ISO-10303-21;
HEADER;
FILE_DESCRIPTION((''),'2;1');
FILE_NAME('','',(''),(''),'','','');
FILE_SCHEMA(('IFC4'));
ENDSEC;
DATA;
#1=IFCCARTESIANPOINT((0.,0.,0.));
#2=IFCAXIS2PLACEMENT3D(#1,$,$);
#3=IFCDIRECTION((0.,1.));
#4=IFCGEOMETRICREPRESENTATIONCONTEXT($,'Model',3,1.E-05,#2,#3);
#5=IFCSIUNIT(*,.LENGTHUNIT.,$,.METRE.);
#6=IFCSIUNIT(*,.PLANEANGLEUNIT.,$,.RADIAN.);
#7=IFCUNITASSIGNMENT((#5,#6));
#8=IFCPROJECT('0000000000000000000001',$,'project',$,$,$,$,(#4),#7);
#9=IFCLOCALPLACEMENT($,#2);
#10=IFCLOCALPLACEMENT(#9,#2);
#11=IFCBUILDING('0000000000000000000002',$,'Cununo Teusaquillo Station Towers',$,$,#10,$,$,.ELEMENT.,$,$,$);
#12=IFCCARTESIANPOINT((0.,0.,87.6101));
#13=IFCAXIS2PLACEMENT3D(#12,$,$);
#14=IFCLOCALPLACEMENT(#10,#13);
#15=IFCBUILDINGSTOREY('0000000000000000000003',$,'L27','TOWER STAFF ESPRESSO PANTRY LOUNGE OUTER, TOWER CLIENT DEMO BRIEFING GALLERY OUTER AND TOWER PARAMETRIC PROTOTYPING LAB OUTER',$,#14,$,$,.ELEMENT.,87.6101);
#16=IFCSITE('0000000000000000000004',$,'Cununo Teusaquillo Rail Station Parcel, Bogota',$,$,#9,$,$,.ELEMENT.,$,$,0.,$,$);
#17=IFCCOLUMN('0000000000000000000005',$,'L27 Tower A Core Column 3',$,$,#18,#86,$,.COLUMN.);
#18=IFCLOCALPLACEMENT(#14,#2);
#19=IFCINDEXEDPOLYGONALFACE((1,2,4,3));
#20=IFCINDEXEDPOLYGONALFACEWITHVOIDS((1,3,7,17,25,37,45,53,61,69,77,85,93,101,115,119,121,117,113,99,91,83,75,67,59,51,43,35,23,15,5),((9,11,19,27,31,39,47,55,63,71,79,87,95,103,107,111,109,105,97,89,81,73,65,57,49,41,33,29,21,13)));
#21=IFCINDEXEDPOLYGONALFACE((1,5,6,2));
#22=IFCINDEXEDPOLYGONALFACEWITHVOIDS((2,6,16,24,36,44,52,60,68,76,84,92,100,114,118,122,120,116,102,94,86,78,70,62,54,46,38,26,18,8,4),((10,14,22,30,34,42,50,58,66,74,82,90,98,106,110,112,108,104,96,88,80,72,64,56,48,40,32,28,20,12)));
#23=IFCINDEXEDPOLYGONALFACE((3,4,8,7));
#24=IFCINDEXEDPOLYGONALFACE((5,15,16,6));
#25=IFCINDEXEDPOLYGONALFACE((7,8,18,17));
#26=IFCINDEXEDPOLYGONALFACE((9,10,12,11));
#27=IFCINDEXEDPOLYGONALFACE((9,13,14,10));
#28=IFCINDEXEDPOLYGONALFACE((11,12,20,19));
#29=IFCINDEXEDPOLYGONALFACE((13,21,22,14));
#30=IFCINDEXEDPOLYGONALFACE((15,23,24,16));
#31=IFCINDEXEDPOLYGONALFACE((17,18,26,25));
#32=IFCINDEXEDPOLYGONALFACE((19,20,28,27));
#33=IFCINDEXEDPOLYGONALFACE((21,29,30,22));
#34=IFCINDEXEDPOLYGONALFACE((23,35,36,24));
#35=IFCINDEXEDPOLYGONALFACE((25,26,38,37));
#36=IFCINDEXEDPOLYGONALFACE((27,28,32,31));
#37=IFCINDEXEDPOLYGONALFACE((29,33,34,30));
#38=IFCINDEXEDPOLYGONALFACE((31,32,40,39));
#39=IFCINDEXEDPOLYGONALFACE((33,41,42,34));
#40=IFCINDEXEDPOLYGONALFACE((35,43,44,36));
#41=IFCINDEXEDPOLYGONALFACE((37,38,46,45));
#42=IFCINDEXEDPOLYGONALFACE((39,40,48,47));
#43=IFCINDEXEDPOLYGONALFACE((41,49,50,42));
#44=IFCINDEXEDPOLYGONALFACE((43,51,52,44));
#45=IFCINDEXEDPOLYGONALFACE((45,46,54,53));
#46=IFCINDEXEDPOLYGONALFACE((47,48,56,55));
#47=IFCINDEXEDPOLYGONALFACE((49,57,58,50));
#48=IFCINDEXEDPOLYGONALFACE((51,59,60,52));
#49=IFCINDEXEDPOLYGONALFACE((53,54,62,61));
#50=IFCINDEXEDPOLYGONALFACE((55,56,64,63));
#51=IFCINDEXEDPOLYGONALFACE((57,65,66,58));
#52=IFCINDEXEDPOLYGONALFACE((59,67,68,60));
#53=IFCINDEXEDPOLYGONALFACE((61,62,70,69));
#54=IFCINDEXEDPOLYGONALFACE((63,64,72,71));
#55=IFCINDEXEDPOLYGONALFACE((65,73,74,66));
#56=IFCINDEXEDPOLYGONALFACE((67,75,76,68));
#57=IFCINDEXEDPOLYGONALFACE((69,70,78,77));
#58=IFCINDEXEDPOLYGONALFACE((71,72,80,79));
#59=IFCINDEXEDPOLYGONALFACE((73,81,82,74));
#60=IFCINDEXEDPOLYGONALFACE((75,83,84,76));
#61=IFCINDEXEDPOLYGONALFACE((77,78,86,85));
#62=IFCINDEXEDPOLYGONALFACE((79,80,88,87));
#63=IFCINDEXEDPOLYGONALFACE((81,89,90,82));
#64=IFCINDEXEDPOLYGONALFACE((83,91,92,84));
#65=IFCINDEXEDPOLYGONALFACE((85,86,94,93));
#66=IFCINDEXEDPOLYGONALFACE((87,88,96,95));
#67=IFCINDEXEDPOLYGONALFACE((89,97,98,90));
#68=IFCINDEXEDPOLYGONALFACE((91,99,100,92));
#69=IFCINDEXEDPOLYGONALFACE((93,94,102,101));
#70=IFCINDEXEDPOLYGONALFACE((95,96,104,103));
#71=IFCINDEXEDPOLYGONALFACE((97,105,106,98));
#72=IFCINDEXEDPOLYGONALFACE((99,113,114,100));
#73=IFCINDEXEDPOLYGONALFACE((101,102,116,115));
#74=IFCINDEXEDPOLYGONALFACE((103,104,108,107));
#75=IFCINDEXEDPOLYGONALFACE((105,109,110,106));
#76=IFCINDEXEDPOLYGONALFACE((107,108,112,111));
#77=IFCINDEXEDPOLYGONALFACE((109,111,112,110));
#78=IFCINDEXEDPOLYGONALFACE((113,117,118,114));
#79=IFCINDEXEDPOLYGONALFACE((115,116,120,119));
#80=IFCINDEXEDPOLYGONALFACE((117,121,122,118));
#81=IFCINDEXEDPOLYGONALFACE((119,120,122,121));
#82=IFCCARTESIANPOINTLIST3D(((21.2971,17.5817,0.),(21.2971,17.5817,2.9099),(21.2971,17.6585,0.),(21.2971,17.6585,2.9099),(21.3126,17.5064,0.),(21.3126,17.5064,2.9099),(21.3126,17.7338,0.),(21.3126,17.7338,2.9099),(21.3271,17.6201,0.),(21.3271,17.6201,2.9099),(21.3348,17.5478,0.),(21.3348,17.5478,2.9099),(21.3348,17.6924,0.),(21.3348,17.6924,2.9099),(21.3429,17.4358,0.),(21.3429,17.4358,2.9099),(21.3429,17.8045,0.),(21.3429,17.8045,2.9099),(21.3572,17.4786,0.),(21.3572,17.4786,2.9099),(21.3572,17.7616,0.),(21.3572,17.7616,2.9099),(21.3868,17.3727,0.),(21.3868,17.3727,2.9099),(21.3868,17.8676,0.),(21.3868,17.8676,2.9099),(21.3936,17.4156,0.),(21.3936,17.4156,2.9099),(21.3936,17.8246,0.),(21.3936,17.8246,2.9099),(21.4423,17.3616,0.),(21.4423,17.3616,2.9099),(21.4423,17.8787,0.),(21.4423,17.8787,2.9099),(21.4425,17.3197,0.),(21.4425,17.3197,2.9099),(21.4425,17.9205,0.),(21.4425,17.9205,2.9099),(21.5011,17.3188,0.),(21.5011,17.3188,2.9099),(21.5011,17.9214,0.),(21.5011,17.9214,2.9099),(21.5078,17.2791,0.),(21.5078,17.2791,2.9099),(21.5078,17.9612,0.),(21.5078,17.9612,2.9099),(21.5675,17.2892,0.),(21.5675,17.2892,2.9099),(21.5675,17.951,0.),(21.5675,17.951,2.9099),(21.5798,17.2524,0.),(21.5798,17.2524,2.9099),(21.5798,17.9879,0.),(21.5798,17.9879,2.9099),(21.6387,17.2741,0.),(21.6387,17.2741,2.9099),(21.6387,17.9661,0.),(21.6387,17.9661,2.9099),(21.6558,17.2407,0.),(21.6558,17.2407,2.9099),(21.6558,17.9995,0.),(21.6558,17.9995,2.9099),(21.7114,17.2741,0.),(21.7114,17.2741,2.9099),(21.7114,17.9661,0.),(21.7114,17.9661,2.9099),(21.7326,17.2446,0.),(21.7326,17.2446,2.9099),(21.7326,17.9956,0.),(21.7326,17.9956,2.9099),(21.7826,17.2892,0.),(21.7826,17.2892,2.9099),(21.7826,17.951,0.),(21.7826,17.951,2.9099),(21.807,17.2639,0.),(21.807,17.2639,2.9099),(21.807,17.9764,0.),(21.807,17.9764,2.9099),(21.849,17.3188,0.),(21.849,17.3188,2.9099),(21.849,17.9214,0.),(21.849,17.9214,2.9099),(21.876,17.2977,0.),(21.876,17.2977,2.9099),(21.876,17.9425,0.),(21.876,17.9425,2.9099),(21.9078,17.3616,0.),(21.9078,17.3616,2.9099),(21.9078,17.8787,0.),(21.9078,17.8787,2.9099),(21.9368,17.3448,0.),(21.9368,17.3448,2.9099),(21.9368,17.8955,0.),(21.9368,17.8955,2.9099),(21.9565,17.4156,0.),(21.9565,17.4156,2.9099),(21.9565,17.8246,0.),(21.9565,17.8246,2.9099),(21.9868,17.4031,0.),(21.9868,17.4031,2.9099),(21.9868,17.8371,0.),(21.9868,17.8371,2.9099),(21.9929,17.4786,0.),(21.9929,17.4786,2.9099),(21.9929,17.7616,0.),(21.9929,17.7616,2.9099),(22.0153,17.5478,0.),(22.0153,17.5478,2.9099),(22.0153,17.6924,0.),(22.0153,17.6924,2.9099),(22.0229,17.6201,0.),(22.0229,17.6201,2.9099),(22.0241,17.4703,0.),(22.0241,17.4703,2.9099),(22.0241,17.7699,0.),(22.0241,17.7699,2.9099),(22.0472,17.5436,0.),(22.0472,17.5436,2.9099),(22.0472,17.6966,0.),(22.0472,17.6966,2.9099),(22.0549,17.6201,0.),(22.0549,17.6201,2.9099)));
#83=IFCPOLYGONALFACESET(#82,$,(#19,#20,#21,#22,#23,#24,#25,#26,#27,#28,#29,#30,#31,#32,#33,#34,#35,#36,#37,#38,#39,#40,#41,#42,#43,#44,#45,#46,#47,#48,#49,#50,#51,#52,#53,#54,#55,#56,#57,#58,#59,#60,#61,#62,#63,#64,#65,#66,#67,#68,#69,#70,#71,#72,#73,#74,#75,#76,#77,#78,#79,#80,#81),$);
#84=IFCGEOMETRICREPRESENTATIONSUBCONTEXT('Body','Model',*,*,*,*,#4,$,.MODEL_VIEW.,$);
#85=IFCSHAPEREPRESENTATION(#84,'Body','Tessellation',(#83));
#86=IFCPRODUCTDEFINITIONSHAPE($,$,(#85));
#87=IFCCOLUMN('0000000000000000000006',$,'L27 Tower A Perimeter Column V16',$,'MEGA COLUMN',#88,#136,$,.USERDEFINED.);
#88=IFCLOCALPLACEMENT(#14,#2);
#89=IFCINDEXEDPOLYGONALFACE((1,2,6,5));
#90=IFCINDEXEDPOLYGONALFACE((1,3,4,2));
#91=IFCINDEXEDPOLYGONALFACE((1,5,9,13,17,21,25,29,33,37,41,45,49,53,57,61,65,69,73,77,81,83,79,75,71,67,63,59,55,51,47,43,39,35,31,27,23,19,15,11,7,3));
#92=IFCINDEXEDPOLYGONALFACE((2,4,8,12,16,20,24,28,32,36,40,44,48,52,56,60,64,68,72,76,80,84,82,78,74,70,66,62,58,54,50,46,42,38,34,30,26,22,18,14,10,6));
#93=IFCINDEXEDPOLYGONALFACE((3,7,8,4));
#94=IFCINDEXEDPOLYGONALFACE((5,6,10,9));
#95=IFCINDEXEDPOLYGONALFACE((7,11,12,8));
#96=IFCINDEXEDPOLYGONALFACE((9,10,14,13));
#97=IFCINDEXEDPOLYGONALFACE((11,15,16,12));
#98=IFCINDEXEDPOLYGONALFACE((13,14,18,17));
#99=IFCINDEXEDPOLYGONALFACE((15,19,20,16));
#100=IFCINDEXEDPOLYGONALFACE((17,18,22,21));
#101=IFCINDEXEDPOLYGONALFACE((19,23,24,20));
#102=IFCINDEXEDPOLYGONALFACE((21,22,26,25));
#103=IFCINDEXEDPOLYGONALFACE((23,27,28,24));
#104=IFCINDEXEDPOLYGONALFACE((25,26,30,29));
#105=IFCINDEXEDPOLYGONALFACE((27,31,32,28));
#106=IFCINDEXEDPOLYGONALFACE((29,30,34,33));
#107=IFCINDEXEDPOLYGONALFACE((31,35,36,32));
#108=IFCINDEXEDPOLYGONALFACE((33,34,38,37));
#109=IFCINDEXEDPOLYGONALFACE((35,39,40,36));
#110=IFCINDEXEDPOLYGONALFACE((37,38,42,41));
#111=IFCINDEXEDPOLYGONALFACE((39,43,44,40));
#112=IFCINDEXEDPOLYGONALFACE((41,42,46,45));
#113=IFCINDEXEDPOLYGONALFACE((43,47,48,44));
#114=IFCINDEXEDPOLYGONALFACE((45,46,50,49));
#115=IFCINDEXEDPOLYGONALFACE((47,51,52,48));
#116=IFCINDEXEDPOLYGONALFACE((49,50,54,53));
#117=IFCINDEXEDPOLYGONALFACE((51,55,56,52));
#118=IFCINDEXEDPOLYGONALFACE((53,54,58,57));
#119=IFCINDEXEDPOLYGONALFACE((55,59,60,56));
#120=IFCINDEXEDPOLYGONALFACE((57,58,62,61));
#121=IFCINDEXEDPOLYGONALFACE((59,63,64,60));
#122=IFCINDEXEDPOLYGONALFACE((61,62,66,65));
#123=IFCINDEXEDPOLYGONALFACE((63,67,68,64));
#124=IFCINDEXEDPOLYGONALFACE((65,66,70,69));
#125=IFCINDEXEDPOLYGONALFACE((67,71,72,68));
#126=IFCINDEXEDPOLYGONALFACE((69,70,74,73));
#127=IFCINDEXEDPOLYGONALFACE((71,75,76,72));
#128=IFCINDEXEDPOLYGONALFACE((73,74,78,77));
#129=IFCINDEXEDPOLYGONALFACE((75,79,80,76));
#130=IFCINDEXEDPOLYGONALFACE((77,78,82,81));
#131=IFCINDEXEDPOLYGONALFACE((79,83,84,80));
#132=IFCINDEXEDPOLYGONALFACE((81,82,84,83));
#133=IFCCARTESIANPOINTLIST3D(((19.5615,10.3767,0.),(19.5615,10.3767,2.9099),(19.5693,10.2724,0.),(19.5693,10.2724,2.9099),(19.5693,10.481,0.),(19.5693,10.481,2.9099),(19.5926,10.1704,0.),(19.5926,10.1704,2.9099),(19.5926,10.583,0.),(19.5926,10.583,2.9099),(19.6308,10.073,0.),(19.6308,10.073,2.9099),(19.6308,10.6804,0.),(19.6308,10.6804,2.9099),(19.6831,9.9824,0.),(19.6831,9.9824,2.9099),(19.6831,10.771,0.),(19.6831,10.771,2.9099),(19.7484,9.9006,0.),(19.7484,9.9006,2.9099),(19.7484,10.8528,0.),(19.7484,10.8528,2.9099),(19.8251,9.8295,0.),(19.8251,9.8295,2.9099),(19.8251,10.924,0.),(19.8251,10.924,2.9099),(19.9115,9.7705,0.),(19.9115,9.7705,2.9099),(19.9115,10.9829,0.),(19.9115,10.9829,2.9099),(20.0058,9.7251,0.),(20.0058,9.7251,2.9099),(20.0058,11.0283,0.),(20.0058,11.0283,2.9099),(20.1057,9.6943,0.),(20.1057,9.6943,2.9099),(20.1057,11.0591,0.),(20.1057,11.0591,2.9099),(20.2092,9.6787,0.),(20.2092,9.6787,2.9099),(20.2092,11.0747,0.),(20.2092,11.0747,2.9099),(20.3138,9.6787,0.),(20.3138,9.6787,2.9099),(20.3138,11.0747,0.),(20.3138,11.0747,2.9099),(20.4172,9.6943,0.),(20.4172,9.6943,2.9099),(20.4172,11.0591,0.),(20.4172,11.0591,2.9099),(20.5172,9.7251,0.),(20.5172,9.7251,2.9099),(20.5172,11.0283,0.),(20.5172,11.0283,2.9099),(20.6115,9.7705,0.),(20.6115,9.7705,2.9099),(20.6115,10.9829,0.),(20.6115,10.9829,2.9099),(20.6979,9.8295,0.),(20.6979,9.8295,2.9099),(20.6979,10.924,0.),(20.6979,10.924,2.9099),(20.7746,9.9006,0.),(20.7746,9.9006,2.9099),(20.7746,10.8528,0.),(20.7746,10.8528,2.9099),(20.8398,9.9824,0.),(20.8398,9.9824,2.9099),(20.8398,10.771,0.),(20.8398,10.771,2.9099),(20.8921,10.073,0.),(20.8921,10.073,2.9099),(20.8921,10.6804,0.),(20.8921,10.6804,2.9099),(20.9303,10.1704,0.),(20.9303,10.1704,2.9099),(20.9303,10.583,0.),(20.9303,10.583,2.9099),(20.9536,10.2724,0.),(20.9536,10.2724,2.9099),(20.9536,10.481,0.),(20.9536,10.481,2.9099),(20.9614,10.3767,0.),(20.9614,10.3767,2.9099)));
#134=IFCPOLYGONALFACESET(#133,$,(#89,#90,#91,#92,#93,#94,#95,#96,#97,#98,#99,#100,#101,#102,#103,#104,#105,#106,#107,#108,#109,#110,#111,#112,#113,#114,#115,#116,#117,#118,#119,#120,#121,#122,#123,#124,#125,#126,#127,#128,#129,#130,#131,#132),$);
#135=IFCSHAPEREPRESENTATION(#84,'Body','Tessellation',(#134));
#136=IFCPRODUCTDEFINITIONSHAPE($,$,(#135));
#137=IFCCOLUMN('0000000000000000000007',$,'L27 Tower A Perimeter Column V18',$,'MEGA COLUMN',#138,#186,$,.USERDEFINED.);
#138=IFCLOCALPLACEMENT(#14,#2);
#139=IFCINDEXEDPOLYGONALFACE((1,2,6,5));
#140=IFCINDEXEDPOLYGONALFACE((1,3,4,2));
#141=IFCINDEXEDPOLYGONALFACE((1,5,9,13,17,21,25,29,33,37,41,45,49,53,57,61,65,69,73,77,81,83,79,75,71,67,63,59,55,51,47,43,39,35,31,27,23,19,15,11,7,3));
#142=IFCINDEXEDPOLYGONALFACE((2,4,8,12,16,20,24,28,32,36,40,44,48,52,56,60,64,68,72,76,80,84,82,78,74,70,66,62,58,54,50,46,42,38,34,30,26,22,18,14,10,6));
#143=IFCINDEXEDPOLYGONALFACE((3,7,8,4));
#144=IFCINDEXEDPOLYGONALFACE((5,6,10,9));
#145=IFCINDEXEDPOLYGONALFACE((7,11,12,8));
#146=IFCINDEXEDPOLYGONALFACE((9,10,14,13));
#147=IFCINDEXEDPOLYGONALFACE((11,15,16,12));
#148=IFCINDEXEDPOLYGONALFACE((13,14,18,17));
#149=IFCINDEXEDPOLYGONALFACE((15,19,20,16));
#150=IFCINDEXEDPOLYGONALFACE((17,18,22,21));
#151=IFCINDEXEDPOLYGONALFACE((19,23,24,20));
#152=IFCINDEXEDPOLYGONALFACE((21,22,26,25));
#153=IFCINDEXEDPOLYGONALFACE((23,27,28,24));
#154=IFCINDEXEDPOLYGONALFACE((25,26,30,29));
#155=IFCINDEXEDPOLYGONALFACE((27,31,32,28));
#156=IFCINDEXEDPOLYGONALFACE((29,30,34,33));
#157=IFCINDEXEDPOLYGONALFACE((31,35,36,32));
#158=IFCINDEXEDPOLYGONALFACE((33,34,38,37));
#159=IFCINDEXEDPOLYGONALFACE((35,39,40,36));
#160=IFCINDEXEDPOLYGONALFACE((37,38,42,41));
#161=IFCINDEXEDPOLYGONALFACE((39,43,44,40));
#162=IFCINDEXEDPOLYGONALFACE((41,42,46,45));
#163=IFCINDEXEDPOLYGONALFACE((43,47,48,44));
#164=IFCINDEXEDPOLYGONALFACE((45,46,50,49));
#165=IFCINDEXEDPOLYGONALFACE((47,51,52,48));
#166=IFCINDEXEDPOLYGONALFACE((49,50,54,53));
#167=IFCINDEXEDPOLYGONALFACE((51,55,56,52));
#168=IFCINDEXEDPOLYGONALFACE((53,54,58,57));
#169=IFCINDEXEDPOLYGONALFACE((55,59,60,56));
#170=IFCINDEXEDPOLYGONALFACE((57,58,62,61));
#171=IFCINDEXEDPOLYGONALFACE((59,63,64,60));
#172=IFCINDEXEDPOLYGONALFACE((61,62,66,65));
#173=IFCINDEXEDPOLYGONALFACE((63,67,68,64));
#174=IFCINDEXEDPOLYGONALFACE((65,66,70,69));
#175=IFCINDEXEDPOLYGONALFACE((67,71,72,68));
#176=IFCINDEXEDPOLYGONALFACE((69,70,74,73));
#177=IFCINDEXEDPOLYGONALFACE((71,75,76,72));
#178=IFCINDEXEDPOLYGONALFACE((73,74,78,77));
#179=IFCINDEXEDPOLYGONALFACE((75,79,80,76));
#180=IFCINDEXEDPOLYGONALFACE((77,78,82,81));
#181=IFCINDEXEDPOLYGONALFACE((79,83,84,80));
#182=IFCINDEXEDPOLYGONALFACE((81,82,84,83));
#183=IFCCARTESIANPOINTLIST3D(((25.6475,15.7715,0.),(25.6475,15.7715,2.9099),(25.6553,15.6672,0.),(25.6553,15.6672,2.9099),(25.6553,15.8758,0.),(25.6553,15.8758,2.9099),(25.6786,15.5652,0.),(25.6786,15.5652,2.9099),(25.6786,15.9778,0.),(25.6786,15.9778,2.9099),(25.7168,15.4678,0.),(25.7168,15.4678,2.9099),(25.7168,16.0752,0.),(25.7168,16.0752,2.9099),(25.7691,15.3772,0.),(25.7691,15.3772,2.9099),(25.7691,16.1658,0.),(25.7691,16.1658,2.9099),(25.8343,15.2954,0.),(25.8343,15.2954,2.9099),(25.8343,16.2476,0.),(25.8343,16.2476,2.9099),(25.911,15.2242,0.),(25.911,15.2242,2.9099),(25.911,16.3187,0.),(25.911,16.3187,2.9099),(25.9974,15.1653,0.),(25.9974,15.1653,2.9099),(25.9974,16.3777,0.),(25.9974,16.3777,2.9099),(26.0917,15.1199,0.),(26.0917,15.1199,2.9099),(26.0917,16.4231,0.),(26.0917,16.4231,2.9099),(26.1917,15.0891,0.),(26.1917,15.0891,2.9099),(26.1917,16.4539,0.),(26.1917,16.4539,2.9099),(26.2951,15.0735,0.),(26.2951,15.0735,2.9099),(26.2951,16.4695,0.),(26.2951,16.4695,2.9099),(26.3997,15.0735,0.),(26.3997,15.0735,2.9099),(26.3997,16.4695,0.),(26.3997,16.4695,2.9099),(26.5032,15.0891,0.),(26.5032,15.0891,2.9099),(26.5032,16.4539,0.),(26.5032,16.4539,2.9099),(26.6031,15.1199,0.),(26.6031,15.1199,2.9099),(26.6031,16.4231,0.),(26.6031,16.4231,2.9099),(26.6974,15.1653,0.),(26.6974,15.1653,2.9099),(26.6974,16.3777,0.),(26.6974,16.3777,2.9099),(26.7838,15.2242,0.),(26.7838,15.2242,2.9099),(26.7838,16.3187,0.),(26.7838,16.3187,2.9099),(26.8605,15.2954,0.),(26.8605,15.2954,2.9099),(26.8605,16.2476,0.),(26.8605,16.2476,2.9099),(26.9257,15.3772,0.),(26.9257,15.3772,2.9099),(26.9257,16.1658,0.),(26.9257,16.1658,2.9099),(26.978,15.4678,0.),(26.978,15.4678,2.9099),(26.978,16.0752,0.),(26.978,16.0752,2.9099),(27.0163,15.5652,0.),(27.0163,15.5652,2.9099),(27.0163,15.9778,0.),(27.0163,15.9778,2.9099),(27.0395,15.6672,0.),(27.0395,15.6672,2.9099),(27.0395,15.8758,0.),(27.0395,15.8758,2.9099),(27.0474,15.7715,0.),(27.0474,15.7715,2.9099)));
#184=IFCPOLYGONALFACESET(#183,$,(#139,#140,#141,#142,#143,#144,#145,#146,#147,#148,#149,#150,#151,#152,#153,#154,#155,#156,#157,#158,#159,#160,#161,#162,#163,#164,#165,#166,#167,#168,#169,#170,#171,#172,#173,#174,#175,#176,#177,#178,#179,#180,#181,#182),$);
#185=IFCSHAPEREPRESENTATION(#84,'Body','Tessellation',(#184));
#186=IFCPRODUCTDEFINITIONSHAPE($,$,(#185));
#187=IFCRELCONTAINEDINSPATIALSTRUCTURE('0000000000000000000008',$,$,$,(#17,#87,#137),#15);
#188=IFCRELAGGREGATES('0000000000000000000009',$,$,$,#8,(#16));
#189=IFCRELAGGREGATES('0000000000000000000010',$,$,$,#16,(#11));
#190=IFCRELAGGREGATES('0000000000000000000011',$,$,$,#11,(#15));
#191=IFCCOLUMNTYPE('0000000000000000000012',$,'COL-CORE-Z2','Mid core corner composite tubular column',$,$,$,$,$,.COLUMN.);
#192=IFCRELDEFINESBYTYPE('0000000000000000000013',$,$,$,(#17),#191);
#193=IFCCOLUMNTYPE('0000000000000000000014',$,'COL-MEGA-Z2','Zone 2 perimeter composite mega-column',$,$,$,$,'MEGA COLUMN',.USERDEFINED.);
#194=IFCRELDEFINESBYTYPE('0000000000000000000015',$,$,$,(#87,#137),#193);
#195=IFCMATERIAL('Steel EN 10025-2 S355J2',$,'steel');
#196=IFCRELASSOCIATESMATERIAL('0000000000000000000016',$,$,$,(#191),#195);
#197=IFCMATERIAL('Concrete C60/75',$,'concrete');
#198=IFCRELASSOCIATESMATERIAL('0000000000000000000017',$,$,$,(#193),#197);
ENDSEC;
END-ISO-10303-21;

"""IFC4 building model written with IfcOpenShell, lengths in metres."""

from ifc_helpers import new_model, si_unit, direction, frame, origin, origin_2d, place, context, subcontext, project, spatial, circle, hollow_circle, extrude, material, material_profile, profile_set, type_object, element, save


model = new_model("IFC4")

# Units and contexts
model_context = context("Model", 3, precision=1e-05, world=origin(), true_north=direction((0.0, 1.0)))
body_context = subcontext(model_context, "Body", "Model", "MODEL_VIEW")
ifc_project = project(units=[si_unit("LENGTHUNIT", "METRE"), si_unit("PLANEANGLEUNIT", "RADIAN")], contexts=[model_context])

# Site, building, storey
site_placement = place(None, origin())
site = spatial("IfcSite", under=ifc_project, at=site_placement, Name="Cununo Teusaquillo Rail Station Parcel, Bogota", CompositionType="ELEMENT", RefElevation=0.0)
building_placement = place(site_placement, origin())
building = spatial("IfcBuilding", under=site, at=building_placement, Name="Cununo Teusaquillo Station Towers", CompositionType="ELEMENT")
storey_placement = place(building_placement, frame((0.0, 0.0, 87.6101)))
storey = spatial("IfcBuildingStorey", under=building, at=storey_placement, Name="L27", Description="TOWER STAFF ESPRESSO PANTRY LOUNGE OUTER, TOWER CLIENT DEMO BRIEFING GALLERY OUTER AND TOWER PARAMETRIC PROTOTYPING LAB OUTER", CompositionType="ELEMENT", Elevation=87.6101)

# Columns
ifc_material_1 = material(Name="Steel EN 10025-2 S355J2", Category="steel")
ifc_material_profile_1 = material_profile(ifc_material_1, hollow_circle(Radius=0.3799, WallThickness=0.032, at=origin_2d()), Name="CHS 760x32")
ifc_profile_set_1 = profile_set([ifc_material_profile_1], Name="Steel EN 10025-2 S355J2")
column_type_1 = type_object("IfcColumnType", Name="COL-CORE-Z2", Description="Mid core corner composite tubular column", PredefinedType="COLUMN", material=ifc_profile_set_1)
column_placement = place(storey_placement, frame((21.675, 17.6201, 0.0), z_axis=(0.0, 0.0, 1.0), x_axis=(1.0, 0.0, 0.0)))
element("IfcColumn", 1, at=column_placement, inside=storey, type_object=column_type_1, Name="L27 Tower A Core Column 3", PredefinedType="COLUMN", context=body_context, shape_type="SweptSolid", body=[
    extrude(hollow_circle(Radius=0.3799, WallThickness=0.032, at=origin_2d()), origin(), (0.0, 0.0, 1.0), 2.9099),
])
ifc_material_2 = material(Name="Concrete C60/75", Category="concrete")
ifc_material_profile_2 = material_profile(ifc_material_2, circle(Radius=0.7, at=origin_2d()), Name="RC-CIRC-1400")
ifc_profile_set_2 = profile_set([ifc_material_profile_2], Name="Concrete C60/75")
column_type_2 = type_object("IfcColumnType", Name="COL-MEGA-Z2", Description="Zone 2 perimeter composite mega-column", ElementType="MEGA COLUMN", PredefinedType="USERDEFINED", material=ifc_profile_set_2)
for number, where, z_axis, x_axis, name in (
    (2, (20.2615, 10.3767, 0.0), (0.0, 0.0, 1.0), (1.0, 0.0, 0.0), "L27 Tower A Perimeter Column V16"),
    (3, (26.3474, 15.7715, 0.0), (0.0, 0.0, 1.0), (1.0, 0.0, 0.0), "L27 Tower A Perimeter Column V18"),
):
    element("IfcColumn", number, at=place(storey_placement, frame(where, z_axis=z_axis, x_axis=x_axis)), inside=storey, type_object=column_type_2, Name=name, ObjectType="MEGA COLUMN", PredefinedType="USERDEFINED", context=body_context, shape_type="SweptSolid", body=[
        extrude(circle(Radius=0.7, at=origin_2d()), origin(), (0.0, 0.0, 1.0), 2.9099),
    ])

save(model, "model.ifc")
